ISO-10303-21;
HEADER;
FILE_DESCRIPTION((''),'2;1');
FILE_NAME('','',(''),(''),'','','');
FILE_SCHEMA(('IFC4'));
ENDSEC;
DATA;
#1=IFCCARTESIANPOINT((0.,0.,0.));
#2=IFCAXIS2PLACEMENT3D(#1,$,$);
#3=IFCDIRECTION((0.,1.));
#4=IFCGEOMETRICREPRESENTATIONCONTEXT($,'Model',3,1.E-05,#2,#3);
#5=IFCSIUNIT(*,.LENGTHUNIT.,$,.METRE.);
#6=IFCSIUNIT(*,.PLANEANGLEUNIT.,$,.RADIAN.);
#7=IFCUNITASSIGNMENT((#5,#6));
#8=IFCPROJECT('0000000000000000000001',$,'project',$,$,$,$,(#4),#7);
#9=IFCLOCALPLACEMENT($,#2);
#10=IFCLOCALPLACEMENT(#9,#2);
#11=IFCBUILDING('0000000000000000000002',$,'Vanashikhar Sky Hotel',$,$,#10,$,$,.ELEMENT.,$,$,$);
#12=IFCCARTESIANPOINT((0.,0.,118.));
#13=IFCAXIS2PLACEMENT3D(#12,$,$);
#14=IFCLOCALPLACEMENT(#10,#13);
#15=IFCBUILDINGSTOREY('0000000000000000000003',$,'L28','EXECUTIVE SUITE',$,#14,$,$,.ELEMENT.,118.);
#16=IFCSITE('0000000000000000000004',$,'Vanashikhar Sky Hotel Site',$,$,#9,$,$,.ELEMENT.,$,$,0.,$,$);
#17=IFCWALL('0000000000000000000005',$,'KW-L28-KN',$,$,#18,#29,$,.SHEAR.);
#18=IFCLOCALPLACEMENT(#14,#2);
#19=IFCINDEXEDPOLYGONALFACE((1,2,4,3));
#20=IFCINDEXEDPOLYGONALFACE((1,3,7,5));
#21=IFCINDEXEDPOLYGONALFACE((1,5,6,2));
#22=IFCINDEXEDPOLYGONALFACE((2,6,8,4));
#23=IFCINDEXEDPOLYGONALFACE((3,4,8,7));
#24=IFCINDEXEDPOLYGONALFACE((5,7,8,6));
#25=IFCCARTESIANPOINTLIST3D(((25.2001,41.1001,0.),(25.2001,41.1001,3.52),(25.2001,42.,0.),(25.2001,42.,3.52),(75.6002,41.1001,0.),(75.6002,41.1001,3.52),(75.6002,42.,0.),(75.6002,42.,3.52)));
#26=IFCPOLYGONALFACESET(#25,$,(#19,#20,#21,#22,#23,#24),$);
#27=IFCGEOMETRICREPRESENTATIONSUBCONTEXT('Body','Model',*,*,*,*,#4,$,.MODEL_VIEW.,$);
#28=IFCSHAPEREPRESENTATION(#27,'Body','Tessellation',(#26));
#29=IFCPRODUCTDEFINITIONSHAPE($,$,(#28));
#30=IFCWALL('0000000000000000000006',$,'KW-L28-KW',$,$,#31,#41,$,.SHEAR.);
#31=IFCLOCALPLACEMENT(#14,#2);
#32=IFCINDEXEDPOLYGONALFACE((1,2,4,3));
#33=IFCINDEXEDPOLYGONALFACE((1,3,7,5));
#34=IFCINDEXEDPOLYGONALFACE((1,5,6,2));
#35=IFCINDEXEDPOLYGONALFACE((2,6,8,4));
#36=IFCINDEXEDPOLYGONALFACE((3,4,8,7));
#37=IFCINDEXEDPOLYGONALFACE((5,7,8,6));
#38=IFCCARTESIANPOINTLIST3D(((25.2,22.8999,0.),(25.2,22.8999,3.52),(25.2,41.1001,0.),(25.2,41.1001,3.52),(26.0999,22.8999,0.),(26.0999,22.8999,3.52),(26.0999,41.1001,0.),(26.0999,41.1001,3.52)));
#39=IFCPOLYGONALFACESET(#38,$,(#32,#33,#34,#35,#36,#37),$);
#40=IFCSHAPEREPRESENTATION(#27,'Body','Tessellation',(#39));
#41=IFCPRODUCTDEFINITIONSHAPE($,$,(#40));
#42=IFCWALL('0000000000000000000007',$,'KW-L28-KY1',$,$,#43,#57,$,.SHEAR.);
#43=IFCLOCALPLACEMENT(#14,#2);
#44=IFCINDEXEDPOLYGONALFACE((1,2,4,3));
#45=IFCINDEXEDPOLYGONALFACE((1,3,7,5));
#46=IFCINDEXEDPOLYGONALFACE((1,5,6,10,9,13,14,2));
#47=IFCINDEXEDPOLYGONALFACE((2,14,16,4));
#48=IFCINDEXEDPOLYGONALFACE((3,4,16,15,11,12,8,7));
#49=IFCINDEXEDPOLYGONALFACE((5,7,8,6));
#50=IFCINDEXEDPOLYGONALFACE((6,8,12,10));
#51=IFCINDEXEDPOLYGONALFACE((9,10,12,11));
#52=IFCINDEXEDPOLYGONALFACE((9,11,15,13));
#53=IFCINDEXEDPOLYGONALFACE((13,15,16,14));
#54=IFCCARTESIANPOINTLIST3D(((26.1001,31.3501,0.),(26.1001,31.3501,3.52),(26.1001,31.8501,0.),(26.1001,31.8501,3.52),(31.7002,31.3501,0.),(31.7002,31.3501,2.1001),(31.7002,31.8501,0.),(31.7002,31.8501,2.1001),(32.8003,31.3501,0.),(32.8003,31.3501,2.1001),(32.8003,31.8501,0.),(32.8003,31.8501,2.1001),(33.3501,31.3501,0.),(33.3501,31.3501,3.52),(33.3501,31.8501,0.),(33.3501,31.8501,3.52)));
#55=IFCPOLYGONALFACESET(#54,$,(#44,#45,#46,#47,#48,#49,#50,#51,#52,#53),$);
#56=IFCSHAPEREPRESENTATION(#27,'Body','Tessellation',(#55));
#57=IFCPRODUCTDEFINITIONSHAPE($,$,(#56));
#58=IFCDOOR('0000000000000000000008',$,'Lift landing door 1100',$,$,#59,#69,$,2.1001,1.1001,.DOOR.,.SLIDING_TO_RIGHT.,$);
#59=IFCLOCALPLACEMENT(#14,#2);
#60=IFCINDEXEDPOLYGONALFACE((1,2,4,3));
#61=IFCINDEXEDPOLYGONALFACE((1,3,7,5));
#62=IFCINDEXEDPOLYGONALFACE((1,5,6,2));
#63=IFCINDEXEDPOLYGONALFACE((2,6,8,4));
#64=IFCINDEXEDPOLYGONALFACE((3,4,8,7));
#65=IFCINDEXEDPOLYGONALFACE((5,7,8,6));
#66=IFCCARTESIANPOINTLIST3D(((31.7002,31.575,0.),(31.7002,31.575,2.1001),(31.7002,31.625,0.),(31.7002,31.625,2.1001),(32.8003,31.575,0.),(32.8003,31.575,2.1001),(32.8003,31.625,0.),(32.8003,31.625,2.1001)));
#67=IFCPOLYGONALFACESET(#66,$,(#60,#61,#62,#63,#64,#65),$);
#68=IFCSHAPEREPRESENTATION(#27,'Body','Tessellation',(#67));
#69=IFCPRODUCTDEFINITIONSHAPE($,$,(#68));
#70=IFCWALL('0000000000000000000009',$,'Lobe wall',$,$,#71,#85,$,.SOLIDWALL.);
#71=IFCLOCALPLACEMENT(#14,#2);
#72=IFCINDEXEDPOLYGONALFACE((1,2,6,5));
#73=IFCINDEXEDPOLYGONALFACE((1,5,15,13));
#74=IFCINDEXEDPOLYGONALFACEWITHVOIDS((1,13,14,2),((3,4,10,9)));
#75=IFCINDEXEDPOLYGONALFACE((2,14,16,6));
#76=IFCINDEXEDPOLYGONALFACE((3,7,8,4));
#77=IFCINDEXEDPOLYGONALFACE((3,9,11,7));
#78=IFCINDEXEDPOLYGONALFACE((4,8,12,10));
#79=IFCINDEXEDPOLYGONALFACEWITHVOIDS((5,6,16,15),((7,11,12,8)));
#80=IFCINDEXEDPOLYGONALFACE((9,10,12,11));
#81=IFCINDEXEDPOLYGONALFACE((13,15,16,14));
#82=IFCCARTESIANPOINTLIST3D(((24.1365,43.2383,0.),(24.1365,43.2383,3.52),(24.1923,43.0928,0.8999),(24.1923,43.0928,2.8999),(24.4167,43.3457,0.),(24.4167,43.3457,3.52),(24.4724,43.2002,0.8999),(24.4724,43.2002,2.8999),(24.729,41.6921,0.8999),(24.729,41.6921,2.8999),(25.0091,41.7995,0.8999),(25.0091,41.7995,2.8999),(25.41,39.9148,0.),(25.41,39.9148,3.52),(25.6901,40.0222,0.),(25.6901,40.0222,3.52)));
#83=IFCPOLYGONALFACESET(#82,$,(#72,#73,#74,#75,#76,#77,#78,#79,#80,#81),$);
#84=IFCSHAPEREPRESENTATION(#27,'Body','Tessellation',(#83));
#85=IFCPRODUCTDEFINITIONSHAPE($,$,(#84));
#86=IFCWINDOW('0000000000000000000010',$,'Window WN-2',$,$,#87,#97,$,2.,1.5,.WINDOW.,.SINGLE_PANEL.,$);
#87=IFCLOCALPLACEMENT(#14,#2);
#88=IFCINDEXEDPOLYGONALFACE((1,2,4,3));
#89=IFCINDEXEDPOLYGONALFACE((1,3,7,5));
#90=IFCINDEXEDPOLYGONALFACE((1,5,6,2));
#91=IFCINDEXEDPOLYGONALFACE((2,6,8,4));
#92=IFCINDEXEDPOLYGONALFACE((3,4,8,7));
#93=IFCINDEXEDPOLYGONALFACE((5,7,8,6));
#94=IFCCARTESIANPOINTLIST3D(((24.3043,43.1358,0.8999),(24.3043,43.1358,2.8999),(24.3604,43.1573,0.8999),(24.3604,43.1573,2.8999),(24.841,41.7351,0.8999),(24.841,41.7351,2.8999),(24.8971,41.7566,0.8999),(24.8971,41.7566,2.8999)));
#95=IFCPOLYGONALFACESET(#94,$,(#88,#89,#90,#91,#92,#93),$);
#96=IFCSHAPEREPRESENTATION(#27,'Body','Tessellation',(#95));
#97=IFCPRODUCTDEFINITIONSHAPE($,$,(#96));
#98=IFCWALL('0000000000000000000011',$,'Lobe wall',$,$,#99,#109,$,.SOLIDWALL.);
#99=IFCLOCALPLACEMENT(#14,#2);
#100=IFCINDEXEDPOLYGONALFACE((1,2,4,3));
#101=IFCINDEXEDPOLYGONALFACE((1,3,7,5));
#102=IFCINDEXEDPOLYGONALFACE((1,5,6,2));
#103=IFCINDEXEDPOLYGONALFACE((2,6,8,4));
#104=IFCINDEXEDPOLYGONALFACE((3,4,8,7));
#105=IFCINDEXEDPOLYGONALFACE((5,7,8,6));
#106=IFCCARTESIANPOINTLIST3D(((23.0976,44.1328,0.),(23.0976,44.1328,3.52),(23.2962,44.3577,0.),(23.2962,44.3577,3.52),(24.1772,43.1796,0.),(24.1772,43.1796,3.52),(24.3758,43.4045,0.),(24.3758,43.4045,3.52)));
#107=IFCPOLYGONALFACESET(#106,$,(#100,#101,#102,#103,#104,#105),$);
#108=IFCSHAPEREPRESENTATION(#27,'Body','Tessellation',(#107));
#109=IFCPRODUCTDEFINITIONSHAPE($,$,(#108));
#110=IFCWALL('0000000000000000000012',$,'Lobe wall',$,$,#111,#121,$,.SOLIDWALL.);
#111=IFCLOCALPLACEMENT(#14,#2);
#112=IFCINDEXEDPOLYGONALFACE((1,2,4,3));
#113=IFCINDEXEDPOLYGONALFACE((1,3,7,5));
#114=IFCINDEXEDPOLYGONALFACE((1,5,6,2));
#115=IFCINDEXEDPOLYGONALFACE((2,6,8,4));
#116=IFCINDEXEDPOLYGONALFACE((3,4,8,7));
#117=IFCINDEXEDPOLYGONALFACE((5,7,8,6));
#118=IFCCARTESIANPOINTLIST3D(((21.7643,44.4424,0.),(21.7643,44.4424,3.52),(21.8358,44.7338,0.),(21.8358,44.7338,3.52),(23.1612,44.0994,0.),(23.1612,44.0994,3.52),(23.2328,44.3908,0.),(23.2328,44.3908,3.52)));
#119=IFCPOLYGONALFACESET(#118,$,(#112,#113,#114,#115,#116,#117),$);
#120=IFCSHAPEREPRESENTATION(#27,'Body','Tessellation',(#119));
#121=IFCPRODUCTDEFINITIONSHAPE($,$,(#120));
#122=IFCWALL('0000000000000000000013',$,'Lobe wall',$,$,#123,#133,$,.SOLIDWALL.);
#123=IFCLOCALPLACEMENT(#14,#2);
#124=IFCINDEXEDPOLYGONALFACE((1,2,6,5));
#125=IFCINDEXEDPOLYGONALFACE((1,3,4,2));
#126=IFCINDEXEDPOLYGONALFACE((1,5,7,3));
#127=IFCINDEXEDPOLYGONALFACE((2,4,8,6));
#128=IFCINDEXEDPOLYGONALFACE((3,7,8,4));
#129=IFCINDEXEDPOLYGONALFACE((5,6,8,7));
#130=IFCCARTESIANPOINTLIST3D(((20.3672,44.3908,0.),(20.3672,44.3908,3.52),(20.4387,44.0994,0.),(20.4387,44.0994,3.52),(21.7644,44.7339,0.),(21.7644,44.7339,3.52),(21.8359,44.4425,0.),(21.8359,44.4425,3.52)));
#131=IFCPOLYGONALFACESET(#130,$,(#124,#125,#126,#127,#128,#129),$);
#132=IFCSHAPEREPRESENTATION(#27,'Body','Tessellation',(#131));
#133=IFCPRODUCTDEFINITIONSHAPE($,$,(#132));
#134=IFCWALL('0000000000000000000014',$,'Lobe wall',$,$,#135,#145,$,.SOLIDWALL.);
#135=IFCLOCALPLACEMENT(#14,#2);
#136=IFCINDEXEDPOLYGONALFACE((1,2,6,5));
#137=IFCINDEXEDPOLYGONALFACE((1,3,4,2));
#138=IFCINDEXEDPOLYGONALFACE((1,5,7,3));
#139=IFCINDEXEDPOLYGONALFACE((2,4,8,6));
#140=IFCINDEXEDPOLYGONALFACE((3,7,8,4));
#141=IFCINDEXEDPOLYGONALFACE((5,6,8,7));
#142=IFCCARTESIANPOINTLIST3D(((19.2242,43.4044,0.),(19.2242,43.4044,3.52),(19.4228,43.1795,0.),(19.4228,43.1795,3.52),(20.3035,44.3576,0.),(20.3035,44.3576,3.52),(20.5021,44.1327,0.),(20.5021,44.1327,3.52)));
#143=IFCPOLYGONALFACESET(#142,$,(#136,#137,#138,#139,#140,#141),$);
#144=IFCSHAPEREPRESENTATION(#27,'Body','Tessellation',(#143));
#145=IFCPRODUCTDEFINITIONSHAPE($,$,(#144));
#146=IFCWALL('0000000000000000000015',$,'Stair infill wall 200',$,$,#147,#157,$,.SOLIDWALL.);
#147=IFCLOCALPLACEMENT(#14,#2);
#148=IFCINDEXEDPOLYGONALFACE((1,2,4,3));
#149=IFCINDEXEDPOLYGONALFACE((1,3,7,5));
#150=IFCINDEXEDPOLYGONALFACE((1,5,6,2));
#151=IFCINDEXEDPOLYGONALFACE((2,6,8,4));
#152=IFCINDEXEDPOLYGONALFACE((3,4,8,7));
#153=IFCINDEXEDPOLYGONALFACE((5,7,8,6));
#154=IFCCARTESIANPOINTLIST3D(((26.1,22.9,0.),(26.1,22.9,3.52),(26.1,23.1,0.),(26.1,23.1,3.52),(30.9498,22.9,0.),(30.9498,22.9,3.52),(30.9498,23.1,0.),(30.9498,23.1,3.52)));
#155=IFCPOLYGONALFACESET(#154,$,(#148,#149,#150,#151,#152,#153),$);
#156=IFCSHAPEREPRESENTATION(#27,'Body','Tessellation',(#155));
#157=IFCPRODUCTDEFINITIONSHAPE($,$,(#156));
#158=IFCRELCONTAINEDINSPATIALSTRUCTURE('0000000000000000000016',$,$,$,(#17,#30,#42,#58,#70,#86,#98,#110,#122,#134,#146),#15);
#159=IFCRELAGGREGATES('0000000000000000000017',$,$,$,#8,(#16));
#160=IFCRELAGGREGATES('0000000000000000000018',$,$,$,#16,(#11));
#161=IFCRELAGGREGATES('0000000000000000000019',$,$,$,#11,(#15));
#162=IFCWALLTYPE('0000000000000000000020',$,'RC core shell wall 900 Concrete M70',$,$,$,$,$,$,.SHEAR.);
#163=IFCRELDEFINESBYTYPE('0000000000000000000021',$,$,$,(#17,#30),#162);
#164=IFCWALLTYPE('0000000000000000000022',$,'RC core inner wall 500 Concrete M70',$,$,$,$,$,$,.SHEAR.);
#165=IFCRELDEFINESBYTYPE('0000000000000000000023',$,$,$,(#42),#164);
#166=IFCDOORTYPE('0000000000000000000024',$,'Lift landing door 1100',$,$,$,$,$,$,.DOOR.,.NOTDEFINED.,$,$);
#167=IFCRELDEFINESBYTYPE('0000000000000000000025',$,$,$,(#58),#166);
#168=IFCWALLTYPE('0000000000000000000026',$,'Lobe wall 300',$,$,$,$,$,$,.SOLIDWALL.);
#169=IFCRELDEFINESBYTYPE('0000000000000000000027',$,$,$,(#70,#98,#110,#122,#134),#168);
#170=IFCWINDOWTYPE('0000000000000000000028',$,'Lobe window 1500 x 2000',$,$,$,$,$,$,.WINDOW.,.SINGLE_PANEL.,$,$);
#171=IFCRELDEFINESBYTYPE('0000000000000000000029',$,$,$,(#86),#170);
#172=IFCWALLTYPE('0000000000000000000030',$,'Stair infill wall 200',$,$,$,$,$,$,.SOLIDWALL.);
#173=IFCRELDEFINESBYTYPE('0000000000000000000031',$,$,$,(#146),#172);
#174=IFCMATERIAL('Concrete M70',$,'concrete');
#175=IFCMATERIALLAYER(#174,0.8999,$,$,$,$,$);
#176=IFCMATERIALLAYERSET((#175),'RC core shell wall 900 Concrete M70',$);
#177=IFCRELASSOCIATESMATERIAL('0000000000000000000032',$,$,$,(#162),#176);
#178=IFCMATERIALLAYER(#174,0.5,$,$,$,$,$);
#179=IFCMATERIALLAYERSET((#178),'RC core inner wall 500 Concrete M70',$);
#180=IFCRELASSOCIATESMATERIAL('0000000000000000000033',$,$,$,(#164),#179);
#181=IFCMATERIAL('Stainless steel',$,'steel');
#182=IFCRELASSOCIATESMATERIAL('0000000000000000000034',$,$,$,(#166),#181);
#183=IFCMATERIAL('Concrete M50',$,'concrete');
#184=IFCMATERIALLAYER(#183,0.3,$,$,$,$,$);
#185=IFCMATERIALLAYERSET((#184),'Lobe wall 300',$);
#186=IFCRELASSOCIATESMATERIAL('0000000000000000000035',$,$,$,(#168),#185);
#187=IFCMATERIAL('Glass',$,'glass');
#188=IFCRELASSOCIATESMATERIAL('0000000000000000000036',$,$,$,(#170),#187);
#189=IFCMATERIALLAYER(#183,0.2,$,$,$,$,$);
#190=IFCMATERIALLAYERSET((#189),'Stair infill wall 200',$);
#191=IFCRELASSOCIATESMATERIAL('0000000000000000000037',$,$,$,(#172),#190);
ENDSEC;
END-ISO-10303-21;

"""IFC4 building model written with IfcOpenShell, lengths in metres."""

from ifc_helpers import new_model, si_unit, direction, frame, frame_2d, origin, place, context, subcontext, project, spatial, rectangle, extrude, source, transform, mapped, material, layer, layer_set, type_object, element, fill, save


model = new_model("IFC4")

# Units and contexts
model_context = context("Model", 3, precision=1e-05, world=origin(), true_north=direction((0.0, 1.0)))
body_context = subcontext(model_context, "Body", "Model", "MODEL_VIEW")
ifc_project = project(units=[si_unit("LENGTHUNIT", "METRE"), si_unit("PLANEANGLEUNIT", "RADIAN")], contexts=[model_context])

# Site, building, storey
site_placement = place(None, origin())
site = spatial("IfcSite", under=ifc_project, at=site_placement, Name="Vanashikhar Sky Hotel Site", CompositionType="ELEMENT", RefElevation=0.0)
building_placement = place(site_placement, origin())
building = spatial("IfcBuilding", under=site, at=building_placement, Name="Vanashikhar Sky Hotel", CompositionType="ELEMENT")
storey_placement = place(building_placement, frame((0.0, 0.0, 118.0)))
storey = spatial("IfcBuildingStorey", under=building, at=storey_placement, Name="L28", Description="EXECUTIVE SUITE", CompositionType="ELEMENT", Elevation=118.0)

# Walls
ifc_material_1 = material(Name="Concrete M70", Category="concrete")
ifc_layer_1 = layer(ifc_material_1, 0.8999)
ifc_layer_set_1 = layer_set([ifc_layer_1], Name="RC core shell wall 900 Concrete M70")
wall_type_1 = type_object("IfcWallType", Name="RC core shell wall 900 Concrete M70", PredefinedType="SHEAR", material=ifc_layer_set_1)
shared_shape_1 = source(origin(), body_context, "Body", "SweptSolid", [
    extrude(rectangle(XDim=50.4001, YDim=0.8999, at=frame_2d((25.2002, 0.0))), origin(), (0.0, 0.0, 1.0), 3.52),
])
wall_1_placement = place(storey_placement, frame((25.2, 41.55, 0.0), z_axis=(0.0, 0.0, 1.0), x_axis=(1.0, 0.0, 0.0)))
element("IfcWall", 1, at=wall_1_placement, inside=storey, type_object=wall_type_1, Name="KW-L28-KN", PredefinedType="SHEAR", context=body_context, shape_type="MappedRepresentation", body=[
    mapped(shared_shape_1, transform((0.0, 0.0, 0.0), scale=1.0)),
])
shared_shape_2 = source(origin(), body_context, "Body", "SweptSolid", [
    extrude(rectangle(XDim=18.2002, YDim=0.8999, at=frame_2d((9.1001, 0.0))), origin(), (0.0, 0.0, 1.0), 3.52),
])
wall_2_placement = place(storey_placement, frame((25.6499, 22.8999, 0.0), z_axis=(0.0, 0.0, 1.0), x_axis=(0.0, 1.0, 0.0)))
element("IfcWall", 2, at=wall_2_placement, inside=storey, type_object=wall_type_1, Name="KW-L28-KW", PredefinedType="SHEAR", context=body_context, shape_type="MappedRepresentation", body=[
    mapped(shared_shape_2, transform((0.0, 0.0, 0.0), scale=1.0)),
])

# Wall, opening, door
ifc_layer_2 = layer(ifc_material_1, 0.5)
ifc_layer_set_2 = layer_set([ifc_layer_2], Name="RC core inner wall 500 Concrete M70")
wall_type_2 = type_object("IfcWallType", Name="RC core inner wall 500 Concrete M70", PredefinedType="SHEAR", material=ifc_layer_set_2)
shared_shape_3 = source(origin(), body_context, "Body", "SweptSolid", [
    extrude(rectangle(XDim=7.25, YDim=0.5, at=frame_2d((3.625, 0.0))), origin(), (0.0, 0.0, 1.0), 3.52),
])
wall_3_placement = place(storey_placement, frame((26.1001, 31.6001, 0.0), z_axis=(0.0, 0.0, 1.0), x_axis=(1.0, 0.0, 0.0)))
wall_3 = element("IfcWall", 3, at=wall_3_placement, inside=storey, type_object=wall_type_2, Name="KW-L28-KY1", PredefinedType="SHEAR", context=body_context, shape_type="MappedRepresentation", body=[
    mapped(shared_shape_3, transform((0.0, 0.0, 0.0), scale=1.0)),
])
shared_shape_4 = source(origin(), body_context, "Body", "SweptSolid", [
    extrude(rectangle(XDim=1.1001, YDim=2.1001, at=frame_2d((0.55, 1.05))), frame((0.0, 0.26, 0.0), z_axis=(0.0, -1.0, 0.0), x_axis=(1.0, 0.0, 0.0)), (0.0, 0.0, 1.0), 0.52),
])
opening_1_placement = place(wall_3_placement, frame((5.6001, 0.0, 0.0)))
opening_1 = element("IfcOpeningElement", 4, at=opening_1_placement, cuts=wall_3, PredefinedType="OPENING", context=body_context, shape_type="MappedRepresentation", body=[
    mapped(shared_shape_4, transform((0.0, 0.0, 0.0), scale=1.0)),
])
ifc_material_2 = material(Name="Stainless steel", Category="steel")
door_type = type_object("IfcDoorType", Name="Lift landing door 1100", OperationType="NOTDEFINED", PredefinedType="DOOR", material=ifc_material_2)
shared_shape_5 = source(origin(), body_context, "Body", "SweptSolid", [
    extrude(rectangle(XDim=1.1001, YDim=2.1001, at=frame_2d((0.55, 1.05))), frame((0.0, 0.0249, 0.0), z_axis=(0.0, -1.0, 0.0), x_axis=(1.0, 0.0, 0.0)), (0.0, 0.0, 1.0), 0.05),
])
door_placement = place(opening_1_placement, origin())
door = element("IfcDoor", 5, at=door_placement, inside=storey, type_object=door_type, Name="Lift landing door 1100", OperationType="SLIDING_TO_RIGHT", OverallHeight=2.1001, OverallWidth=1.1001, PredefinedType="DOOR", context=body_context, shape_type="MappedRepresentation", body=[
    mapped(shared_shape_5, transform((0.0, 0.0, 0.0), scale=1.0)),
])
fill(opening_1, door)

# Wall, opening, window
ifc_material_3 = material(Name="Concrete M50", Category="concrete")
ifc_layer_3 = layer(ifc_material_3, 0.3)
ifc_layer_set_3 = layer_set([ifc_layer_3], Name="Lobe wall 300")
wall_type_3 = type_object("IfcWallType", Name="Lobe wall 300", PredefinedType="SOLIDWALL", material=ifc_layer_set_3)
shared_shape_6 = source(origin(), body_context, "Body", "SweptSolid", [
    extrude(rectangle(XDim=3.5591, YDim=0.3, at=frame_2d((1.7795, 0.0))), origin(), (0.0, 0.0, 1.0), 3.52),
])
wall_4_placement = place(storey_placement, frame((25.55, 39.9685, 0.0), z_axis=(0.0, 0.0, 1.0), x_axis=(-0.357797, 0.933799, 0.0)))
wall_4 = element("IfcWall", 6, at=wall_4_placement, inside=storey, type_object=wall_type_3, Name="Lobe wall", PredefinedType="SOLIDWALL", context=body_context, shape_type="MappedRepresentation", body=[
    mapped(shared_shape_6, transform((0.0, 0.0, 0.0), scale=1.0)),
])
shared_shape_7 = source(origin(), body_context, "Body", "SweptSolid", [
    extrude(rectangle(XDim=1.5, YDim=2.0, at=frame_2d((0.75, 1.0))), frame((0.0, 0.1602, 0.0), z_axis=(0.0, -1.0, 0.0), x_axis=(1.0, 0.0, 0.0)), (0.0, 0.0, 1.0), 0.3201),
])
opening_2_placement = place(wall_4_placement, frame((1.9033, 0.0, 0.8999)))
opening_2 = element("IfcOpeningElement", 7, at=opening_2_placement, cuts=wall_4, PredefinedType="OPENING", context=body_context, shape_type="MappedRepresentation", body=[
    mapped(shared_shape_7, transform((0.0, 0.0, 0.0), scale=1.0)),
])
ifc_material_4 = material(Name="Glass", Category="glass")
window_type = type_object("IfcWindowType", Name="Lobe window 1500 x 2000", PartitioningType="SINGLE_PANEL", PredefinedType="WINDOW", material=ifc_material_4)
shared_shape_8 = source(origin(), body_context, "Body", "SweptSolid", [
    extrude(rectangle(XDim=1.5, YDim=2.0, at=frame_2d((0.75, 1.0))), frame((0.0, 0.03, 0.0), z_axis=(0.0, -1.0, 0.0), x_axis=(1.0, 0.0, 0.0)), (0.0, 0.0, 1.0), 0.0601),
])
window_placement = place(opening_2_placement, origin())
window = element("IfcWindow", 8, at=window_placement, inside=storey, type_object=window_type, Name="Window WN-2", OverallHeight=2.0, OverallWidth=1.5, PartitioningType="SINGLE_PANEL", PredefinedType="WINDOW", context=body_context, shape_type="MappedRepresentation", body=[
    mapped(shared_shape_8, transform((0.0, 0.0, 0.0), scale=1.0)),
])
fill(opening_2, window)

# Walls
shared_shape_9 = source(origin(), body_context, "Body", "SweptSolid", [
    extrude(rectangle(XDim=1.4402, YDim=0.3, at=frame_2d((0.7202, 0.0))), origin(), (0.0, 0.0, 1.0), 3.52),
])
wall_5_placement = place(storey_placement, frame((24.2766, 43.292, 0.0), z_axis=(0.0, 0.0, 1.0), x_axis=(-0.74965, 0.661835, 0.0)))
element("IfcWall", 9, at=wall_5_placement, inside=storey, type_object=wall_type_3, Name="Lobe wall", PredefinedType="SOLIDWALL", context=body_context, shape_type="MappedRepresentation", body=[
    mapped(shared_shape_9, transform((0.0, 0.0, 0.0), scale=1.0)),
])
shared_shape_10 = source(origin(), body_context, "Body", "SweptSolid", [
    extrude(rectangle(XDim=1.4385, YDim=0.3, at=frame_2d((0.7192, 0.0))), origin(), (0.0, 0.0, 1.0), 3.52),
])
wall_6_placement = place(storey_placement, frame((23.197, 44.2451, 0.0), z_axis=(0.0, 0.0, 1.0), x_axis=(-0.971152, 0.23846, 0.0)))
element("IfcWall", 10, at=wall_6_placement, inside=storey, type_object=wall_type_3, Name="Lobe wall", PredefinedType="SOLIDWALL", context=body_context, shape_type="MappedRepresentation", body=[
    mapped(shared_shape_10, transform((0.0, 0.0, 0.0), scale=1.0)),
])
shared_shape_11 = source(origin(), body_context, "Body", "SweptSolid", [
    extrude(rectangle(XDim=1.4387, YDim=0.3, at=frame_2d((0.7192, 0.0))), origin(), (0.0, 0.0, 1.0), 3.52),
])
wall_7_placement = place(storey_placement, frame((21.8, 44.5881, 0.0), z_axis=(0.0, 0.0, 1.0), x_axis=(-0.971162, -0.238421, 0.0)))
element("IfcWall", 11, at=wall_7_placement, inside=storey, type_object=wall_type_3, Name="Lobe wall", PredefinedType="SOLIDWALL", context=body_context, shape_type="MappedRepresentation", body=[
    mapped(shared_shape_11, transform((0.0, 0.0, 0.0), scale=1.0)),
])
shared_shape_12 = source(origin(), body_context, "Body", "SweptSolid", [
    extrude(rectangle(XDim=1.4399, YDim=0.3, at=frame_2d((0.72, 0.0))), origin(), (0.0, 0.0, 1.0), 3.52),
])
wall_8_placement = place(storey_placement, frame((20.4028, 44.2451, 0.0), z_axis=(0.0, 0.0, 1.0), x_axis=(-0.749576, -0.661919, 0.0)))
element("IfcWall", 12, at=wall_8_placement, inside=storey, type_object=wall_type_3, Name="Lobe wall", PredefinedType="SOLIDWALL", context=body_context, shape_type="MappedRepresentation", body=[
    mapped(shared_shape_12, transform((0.0, 0.0, 0.0), scale=1.0)),
])
ifc_layer_4 = layer(ifc_material_3, 0.2)
ifc_layer_set_4 = layer_set([ifc_layer_4], Name="Stair infill wall 200")
wall_type_4 = type_object("IfcWallType", Name="Stair infill wall 200", PredefinedType="SOLIDWALL", material=ifc_layer_set_4)
shared_shape_13 = source(origin(), body_context, "Body", "SweptSolid", [
    extrude(rectangle(XDim=4.8499, YDim=0.2, at=frame_2d((2.4248, 0.0))), origin(), (0.0, 0.0, 1.0), 3.52),
])
for number, where, z_axis, x_axis, name in (
    (13, (26.1001, 23.0, 0.0), (0.0, 0.0, 1.0), (1.0, 0.0, 0.0), "Stair infill wall 200"),
):
    element("IfcWall", number, at=place(storey_placement, frame(where, z_axis=z_axis, x_axis=x_axis)), inside=storey, type_object=wall_type_4, Name=name, PredefinedType="SOLIDWALL", context=body_context, shape_type="MappedRepresentation", body=[
        mapped(shared_shape_13, transform((0.0, 0.0, 0.0), scale=1.0)),
    ])

save(model, "model.ifc")
